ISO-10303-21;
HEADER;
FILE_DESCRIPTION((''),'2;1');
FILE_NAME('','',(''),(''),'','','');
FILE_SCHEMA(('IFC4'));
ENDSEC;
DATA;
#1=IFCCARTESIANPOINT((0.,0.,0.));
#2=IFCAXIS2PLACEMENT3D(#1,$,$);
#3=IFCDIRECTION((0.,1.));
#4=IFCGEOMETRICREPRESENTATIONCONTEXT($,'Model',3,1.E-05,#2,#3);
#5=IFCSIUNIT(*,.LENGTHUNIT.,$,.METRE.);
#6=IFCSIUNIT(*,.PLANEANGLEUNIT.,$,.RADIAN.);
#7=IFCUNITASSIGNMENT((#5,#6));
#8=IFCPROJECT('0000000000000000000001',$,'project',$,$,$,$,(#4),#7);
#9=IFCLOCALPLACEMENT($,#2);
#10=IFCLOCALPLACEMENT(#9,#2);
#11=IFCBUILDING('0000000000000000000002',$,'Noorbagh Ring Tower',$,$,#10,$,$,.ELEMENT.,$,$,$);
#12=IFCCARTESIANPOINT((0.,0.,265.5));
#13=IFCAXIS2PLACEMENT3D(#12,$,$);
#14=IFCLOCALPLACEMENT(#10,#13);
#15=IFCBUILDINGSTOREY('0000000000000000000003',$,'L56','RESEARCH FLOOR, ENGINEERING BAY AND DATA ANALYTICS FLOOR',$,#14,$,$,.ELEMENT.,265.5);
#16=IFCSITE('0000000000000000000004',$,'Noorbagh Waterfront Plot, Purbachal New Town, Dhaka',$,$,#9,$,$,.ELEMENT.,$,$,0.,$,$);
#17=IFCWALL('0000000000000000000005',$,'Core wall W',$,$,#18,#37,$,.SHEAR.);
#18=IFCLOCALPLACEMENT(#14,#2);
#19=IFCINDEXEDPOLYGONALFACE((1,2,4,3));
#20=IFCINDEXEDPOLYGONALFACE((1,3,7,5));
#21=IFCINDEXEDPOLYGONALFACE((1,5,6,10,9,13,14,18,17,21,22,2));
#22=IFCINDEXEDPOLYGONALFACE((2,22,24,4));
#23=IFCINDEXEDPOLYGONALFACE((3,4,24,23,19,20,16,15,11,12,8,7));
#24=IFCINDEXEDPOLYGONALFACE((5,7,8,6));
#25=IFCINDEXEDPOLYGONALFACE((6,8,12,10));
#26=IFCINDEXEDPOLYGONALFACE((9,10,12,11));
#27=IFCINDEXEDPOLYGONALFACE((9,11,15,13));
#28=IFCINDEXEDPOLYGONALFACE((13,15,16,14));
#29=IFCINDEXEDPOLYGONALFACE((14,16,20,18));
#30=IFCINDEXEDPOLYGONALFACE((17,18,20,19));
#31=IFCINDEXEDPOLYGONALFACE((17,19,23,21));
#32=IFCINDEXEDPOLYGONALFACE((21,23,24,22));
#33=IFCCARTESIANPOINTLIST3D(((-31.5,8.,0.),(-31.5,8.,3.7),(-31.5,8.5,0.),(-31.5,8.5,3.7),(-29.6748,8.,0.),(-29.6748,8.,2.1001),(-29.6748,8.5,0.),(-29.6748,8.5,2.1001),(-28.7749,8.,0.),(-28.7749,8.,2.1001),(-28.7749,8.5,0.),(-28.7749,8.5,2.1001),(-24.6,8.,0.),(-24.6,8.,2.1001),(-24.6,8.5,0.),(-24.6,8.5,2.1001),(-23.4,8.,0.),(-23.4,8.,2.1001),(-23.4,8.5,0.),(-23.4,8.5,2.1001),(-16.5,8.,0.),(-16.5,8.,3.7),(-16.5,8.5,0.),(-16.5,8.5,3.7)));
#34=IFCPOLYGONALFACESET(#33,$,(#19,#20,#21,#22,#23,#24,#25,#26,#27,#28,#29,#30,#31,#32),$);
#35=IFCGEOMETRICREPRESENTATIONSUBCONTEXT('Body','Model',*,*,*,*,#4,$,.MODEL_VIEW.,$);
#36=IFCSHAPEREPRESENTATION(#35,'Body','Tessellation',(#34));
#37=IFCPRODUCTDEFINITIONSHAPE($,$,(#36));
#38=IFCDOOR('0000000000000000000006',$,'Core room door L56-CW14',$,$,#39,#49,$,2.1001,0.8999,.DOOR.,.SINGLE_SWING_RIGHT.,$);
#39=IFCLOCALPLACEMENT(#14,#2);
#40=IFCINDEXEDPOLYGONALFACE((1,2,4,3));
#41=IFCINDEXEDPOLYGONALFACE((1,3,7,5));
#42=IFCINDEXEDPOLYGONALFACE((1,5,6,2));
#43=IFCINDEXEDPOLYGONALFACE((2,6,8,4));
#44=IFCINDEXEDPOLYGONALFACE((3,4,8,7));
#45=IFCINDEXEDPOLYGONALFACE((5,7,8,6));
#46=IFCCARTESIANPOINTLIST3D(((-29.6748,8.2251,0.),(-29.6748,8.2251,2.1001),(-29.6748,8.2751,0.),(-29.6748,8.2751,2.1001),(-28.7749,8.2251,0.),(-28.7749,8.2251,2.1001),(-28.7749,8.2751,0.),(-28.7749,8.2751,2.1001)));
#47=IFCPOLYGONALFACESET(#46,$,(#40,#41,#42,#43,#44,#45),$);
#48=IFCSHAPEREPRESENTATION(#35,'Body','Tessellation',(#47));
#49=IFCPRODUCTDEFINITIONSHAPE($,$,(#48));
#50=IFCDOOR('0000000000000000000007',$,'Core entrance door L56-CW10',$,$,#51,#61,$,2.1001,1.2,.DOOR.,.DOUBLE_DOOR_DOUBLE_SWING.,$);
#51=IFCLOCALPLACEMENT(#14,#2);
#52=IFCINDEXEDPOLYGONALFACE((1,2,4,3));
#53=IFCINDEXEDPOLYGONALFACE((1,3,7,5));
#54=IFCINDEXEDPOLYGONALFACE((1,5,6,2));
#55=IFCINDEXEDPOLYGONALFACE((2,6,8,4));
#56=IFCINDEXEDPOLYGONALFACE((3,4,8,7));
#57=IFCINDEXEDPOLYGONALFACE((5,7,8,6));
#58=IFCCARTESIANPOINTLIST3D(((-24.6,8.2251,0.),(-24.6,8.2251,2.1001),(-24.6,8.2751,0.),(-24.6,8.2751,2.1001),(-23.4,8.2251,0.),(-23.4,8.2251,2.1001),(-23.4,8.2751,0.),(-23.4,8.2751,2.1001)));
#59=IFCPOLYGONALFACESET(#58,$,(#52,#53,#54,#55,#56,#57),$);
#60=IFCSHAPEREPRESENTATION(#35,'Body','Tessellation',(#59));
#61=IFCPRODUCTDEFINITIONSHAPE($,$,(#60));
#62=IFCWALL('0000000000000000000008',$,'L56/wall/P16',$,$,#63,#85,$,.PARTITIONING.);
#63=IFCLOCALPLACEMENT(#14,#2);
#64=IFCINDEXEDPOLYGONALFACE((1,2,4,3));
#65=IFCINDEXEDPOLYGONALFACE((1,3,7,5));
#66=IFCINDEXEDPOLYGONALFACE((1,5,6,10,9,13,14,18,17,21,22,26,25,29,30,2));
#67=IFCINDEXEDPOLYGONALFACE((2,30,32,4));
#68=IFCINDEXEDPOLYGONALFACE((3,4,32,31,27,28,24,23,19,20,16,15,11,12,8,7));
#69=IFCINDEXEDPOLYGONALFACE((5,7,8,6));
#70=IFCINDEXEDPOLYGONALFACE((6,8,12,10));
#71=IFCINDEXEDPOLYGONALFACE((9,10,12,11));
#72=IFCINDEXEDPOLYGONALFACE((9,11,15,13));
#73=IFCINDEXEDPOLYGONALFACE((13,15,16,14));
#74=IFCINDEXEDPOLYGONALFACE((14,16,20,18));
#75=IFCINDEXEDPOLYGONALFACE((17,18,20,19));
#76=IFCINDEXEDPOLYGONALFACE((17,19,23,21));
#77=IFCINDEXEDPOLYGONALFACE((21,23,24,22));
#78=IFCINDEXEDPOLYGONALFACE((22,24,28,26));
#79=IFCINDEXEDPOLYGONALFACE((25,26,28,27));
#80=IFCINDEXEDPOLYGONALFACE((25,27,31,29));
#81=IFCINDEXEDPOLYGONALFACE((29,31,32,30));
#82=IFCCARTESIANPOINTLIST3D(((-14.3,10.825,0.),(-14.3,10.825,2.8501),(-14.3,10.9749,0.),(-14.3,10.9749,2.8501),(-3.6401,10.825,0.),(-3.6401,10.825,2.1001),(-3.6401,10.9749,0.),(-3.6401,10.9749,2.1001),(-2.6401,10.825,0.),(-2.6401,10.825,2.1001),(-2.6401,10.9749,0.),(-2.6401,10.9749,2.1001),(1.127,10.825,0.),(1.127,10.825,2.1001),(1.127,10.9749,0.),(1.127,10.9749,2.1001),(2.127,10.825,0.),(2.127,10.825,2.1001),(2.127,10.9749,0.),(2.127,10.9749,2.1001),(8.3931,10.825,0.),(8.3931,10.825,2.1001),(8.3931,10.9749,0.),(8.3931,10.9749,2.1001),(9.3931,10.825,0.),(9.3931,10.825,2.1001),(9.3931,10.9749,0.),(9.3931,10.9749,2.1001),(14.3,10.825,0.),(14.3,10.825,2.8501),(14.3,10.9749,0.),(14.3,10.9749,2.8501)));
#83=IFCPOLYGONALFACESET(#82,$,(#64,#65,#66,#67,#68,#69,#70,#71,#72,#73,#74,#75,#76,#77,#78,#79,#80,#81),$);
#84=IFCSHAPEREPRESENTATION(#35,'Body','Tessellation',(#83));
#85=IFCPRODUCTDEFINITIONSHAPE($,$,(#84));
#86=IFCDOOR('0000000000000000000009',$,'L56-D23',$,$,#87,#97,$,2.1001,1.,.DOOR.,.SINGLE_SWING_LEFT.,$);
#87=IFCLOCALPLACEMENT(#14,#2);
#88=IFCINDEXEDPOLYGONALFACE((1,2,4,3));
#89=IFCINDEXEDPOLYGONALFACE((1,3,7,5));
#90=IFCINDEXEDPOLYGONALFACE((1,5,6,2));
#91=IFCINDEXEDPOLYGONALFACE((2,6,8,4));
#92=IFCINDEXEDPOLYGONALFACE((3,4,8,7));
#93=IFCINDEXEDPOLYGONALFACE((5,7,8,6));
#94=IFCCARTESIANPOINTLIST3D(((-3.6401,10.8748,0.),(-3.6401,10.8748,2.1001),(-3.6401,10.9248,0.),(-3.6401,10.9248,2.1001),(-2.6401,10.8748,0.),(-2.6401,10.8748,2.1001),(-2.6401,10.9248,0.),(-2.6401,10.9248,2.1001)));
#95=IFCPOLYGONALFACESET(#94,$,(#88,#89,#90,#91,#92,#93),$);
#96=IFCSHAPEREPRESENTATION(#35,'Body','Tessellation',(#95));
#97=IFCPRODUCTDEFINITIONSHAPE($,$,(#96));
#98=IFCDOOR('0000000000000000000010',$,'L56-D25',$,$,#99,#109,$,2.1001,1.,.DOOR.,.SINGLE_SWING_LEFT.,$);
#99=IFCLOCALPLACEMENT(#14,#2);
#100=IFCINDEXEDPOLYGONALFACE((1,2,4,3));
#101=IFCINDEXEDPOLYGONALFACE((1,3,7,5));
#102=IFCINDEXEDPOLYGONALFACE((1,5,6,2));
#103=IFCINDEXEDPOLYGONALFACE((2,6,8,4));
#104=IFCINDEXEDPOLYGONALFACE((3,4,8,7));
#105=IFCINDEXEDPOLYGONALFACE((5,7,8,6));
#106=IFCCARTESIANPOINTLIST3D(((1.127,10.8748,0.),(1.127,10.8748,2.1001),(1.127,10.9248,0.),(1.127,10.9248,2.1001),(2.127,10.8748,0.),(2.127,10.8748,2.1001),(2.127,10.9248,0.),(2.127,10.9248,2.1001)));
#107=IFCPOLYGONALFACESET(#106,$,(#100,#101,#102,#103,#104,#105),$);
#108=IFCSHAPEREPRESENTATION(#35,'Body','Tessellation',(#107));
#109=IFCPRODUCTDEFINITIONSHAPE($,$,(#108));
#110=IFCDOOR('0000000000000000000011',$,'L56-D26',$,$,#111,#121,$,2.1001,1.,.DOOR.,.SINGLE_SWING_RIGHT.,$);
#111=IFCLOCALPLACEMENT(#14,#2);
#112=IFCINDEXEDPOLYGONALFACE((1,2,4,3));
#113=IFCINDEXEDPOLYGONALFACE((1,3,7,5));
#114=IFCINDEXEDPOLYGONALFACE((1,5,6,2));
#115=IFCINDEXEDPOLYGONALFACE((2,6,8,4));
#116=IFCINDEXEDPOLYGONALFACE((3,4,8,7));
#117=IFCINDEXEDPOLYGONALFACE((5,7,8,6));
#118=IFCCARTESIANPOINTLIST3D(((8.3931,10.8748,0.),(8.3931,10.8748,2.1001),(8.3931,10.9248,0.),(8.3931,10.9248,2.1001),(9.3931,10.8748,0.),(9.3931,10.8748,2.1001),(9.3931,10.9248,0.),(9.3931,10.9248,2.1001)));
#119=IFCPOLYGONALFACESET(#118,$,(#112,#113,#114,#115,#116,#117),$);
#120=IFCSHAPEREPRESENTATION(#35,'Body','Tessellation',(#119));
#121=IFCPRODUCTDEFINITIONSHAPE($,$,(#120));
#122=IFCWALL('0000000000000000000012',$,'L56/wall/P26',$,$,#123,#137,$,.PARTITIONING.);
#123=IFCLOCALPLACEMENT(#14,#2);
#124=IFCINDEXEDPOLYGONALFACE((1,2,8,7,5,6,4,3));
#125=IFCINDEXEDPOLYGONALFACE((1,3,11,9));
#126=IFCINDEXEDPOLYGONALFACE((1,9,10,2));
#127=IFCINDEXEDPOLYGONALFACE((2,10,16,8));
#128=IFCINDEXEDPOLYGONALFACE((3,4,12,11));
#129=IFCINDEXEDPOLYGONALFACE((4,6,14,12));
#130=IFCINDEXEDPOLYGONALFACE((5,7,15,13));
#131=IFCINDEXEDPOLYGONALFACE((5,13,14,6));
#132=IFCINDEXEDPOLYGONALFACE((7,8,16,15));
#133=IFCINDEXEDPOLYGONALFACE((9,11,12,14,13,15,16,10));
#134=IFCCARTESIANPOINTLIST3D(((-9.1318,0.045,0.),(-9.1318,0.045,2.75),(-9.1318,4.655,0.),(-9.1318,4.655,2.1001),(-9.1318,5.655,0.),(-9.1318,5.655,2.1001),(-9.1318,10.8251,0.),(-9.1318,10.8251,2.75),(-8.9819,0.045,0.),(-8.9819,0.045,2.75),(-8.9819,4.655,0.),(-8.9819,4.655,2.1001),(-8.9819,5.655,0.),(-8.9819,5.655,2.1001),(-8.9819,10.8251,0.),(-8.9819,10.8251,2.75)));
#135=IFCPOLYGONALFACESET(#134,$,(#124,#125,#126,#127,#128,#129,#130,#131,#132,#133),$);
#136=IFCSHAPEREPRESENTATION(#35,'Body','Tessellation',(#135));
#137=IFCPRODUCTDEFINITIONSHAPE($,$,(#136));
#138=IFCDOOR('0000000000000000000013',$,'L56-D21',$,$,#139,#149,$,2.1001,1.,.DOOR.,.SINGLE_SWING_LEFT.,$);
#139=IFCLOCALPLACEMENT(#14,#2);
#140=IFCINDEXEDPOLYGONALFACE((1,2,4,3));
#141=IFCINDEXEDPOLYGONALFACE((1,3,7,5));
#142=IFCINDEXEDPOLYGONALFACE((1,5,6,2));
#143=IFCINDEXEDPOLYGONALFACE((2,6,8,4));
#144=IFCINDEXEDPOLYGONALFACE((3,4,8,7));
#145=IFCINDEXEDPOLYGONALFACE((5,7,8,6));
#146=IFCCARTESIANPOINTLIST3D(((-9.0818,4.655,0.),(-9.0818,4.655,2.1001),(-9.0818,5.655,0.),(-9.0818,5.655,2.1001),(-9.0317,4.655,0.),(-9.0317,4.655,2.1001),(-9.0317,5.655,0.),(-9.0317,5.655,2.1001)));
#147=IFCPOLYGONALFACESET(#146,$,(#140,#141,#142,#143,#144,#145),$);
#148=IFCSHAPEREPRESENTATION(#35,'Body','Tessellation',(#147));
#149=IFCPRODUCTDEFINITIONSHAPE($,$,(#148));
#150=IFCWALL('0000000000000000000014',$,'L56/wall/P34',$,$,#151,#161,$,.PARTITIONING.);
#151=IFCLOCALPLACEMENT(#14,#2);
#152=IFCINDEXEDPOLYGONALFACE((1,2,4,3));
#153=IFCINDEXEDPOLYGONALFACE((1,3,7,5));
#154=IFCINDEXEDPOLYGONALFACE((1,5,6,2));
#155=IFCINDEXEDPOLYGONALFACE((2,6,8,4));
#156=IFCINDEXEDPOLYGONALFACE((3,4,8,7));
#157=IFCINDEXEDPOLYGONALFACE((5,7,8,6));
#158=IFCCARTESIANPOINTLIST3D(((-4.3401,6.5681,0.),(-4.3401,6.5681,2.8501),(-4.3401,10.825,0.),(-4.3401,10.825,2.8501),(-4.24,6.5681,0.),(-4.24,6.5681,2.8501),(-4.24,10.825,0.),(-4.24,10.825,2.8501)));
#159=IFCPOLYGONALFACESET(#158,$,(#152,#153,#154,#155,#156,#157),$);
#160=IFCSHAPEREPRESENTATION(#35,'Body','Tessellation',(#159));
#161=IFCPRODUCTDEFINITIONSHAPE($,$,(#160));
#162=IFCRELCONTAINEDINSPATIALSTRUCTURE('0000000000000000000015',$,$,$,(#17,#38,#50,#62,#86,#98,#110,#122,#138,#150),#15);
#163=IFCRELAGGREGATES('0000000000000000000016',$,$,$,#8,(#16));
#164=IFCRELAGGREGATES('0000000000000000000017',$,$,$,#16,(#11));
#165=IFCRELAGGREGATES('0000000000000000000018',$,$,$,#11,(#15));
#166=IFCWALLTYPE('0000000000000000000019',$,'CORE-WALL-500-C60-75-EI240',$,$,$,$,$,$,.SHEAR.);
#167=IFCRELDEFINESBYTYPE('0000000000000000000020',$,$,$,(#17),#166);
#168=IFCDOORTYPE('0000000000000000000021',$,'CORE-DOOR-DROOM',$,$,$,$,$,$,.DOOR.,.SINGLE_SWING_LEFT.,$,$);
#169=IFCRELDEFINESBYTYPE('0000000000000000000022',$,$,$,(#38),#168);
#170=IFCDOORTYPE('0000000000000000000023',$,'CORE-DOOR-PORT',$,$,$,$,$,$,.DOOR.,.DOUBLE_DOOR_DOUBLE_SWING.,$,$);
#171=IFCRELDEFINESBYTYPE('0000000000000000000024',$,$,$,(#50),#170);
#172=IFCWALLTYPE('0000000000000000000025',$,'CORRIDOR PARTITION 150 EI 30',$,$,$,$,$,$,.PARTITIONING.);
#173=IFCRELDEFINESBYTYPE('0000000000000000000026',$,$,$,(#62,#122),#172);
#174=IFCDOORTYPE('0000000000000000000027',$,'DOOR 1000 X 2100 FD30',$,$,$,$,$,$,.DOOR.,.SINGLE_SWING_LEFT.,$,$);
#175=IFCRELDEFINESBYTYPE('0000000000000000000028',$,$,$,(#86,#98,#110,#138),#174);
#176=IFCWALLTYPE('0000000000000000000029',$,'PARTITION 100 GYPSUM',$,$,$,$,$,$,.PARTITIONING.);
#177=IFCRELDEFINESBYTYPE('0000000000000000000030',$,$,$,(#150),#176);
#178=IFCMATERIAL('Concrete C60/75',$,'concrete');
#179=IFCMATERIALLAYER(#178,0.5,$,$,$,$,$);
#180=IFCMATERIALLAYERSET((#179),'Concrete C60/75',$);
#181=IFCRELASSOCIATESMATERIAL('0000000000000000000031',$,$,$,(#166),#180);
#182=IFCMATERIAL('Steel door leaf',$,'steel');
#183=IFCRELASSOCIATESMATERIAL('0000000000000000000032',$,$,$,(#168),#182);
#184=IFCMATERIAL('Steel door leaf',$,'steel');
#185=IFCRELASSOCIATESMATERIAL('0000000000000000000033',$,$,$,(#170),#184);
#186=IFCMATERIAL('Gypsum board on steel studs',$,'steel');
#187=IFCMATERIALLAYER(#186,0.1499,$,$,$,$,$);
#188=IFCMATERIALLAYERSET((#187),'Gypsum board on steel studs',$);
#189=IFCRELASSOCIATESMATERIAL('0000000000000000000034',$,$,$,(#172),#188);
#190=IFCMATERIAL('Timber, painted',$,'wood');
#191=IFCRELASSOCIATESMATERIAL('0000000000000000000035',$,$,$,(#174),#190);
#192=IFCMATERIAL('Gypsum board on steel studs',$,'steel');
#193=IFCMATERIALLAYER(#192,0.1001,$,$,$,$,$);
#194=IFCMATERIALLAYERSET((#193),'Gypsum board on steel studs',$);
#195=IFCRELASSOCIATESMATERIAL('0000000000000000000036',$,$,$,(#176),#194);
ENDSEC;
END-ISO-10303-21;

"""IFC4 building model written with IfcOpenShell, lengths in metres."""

from ifc_helpers import new_model, si_unit, direction, frame, frame_2d, origin, place, context, subcontext, project, spatial, rectangle, extrude, material, layer, layer_set, type_object, element, fill, save


model = new_model("IFC4")

# Units and contexts
model_context = context("Model", 3, precision=1e-05, world=origin(), true_north=direction((0.0, 1.0)))
body_context = subcontext(model_context, "Body", "Model", "MODEL_VIEW")
ifc_project = project(units=[si_unit("LENGTHUNIT", "METRE"), si_unit("PLANEANGLEUNIT", "RADIAN")], contexts=[model_context])

# Site, building, storey
site_placement = place(None, origin())
site = spatial("IfcSite", under=ifc_project, at=site_placement, Name="Noorbagh Waterfront Plot, Purbachal New Town, Dhaka", CompositionType="ELEMENT", RefElevation=0.0)
building_placement = place(site_placement, origin())
building = spatial("IfcBuilding", under=site, at=building_placement, Name="Noorbagh Ring Tower", CompositionType="ELEMENT")
storey_placement = place(building_placement, frame((0.0, 0.0, 265.5)))
storey = spatial("IfcBuildingStorey", under=building, at=storey_placement, Name="L56", Description="RESEARCH FLOOR, ENGINEERING BAY AND DATA ANALYTICS FLOOR", CompositionType="ELEMENT", Elevation=265.5)

# Walls, openings, doors
ifc_material_1 = material(Name="Concrete C60/75", Category="concrete")
ifc_layer_1 = layer(ifc_material_1, 0.5)
ifc_layer_set_1 = layer_set([ifc_layer_1], Name="Concrete C60/75")
wall_type_1 = type_object("IfcWallType", Name="CORE-WALL-500-C60-75-EI240", PredefinedType="SHEAR", material=ifc_layer_set_1)
wall_1_placement = place(storey_placement, frame((-16.5, 8.25, 0.0), z_axis=(0.0, 0.0, 1.0), x_axis=(-1.0, 0.0, 0.0)))
wall_1 = element("IfcWall", 1, at=wall_1_placement, inside=storey, type_object=wall_type_1, Name="Core wall W", PredefinedType="SHEAR", context=body_context, shape_type="SweptSolid", body=[
    extrude(rectangle(XDim=15.0, YDim=0.5, at=frame_2d((7.5, 0.0))), origin(), (0.0, 0.0, 1.0), 3.7),
])
opening_1_placement = place(wall_1_placement, frame((6.8999, 0.0, 0.0)))
opening_1 = element("IfcOpeningElement", 2, at=opening_1_placement, cuts=wall_1, PredefinedType="OPENING", context=body_context, shape_type="SweptSolid", body=[
    extrude(rectangle(XDim=1.2, YDim=2.1001, at=frame_2d((0.6001, 1.05))), frame((0.0, 0.26, 0.0), z_axis=(0.0, -1.0, 0.0), x_axis=(1.0, 0.0, 0.0)), (0.0, 0.0, 1.0), 0.52),
])
opening_2_placement = place(wall_1_placement, frame((12.2749, 0.0, 0.0)))
opening_2 = element("IfcOpeningElement", 3, at=opening_2_placement, cuts=wall_1, PredefinedType="OPENING", context=body_context, shape_type="SweptSolid", body=[
    extrude(rectangle(XDim=0.8999, YDim=2.1001, at=frame_2d((0.45, 1.05))), frame((0.0, 0.26, 0.0), z_axis=(0.0, -1.0, 0.0), x_axis=(1.0, 0.0, 0.0)), (0.0, 0.0, 1.0), 0.52),
])
ifc_material_2 = material(Name="Steel door leaf", Category="steel")
door_type_1 = type_object("IfcDoorType", Name="CORE-DOOR-DROOM", OperationType="SINGLE_SWING_LEFT", PredefinedType="DOOR", material=ifc_material_2)
door_1_placement = place(opening_2_placement, origin())
door_1 = element("IfcDoor", 4, at=door_1_placement, inside=storey, type_object=door_type_1, Name="Core room door L56-CW14", OperationType="SINGLE_SWING_RIGHT", OverallHeight=2.1001, OverallWidth=0.8999, PredefinedType="DOOR", context=body_context, shape_type="SweptSolid", body=[
    extrude(rectangle(XDim=0.8999, YDim=2.1001, at=frame_2d((0.45, 1.05))), frame((0.0, 0.0249, 0.0), z_axis=(0.0, -1.0, 0.0), x_axis=(1.0, 0.0, 0.0)), (0.0, 0.0, 1.0), 0.05),
])
fill(opening_2, door_1)
ifc_material_3 = material(Name="Steel door leaf", Category="steel")
door_type_2 = type_object("IfcDoorType", Name="CORE-DOOR-PORT", OperationType="DOUBLE_DOOR_DOUBLE_SWING", PredefinedType="DOOR", material=ifc_material_3)
door_2_placement = place(opening_1_placement, origin())
door_2 = element("IfcDoor", 5, at=door_2_placement, inside=storey, type_object=door_type_2, Name="Core entrance door L56-CW10", OperationType="DOUBLE_DOOR_DOUBLE_SWING", OverallHeight=2.1001, OverallWidth=1.2, PredefinedType="DOOR", context=body_context, shape_type="SweptSolid", body=[
    extrude(rectangle(XDim=1.2, YDim=2.1001, at=frame_2d((0.6001, 1.05))), frame((0.0, 0.0249, 0.0), z_axis=(0.0, -1.0, 0.0), x_axis=(1.0, 0.0, 0.0)), (0.0, 0.0, 1.0), 0.05),
])
fill(opening_1, door_2)
ifc_material_4 = material(Name="Gypsum board on steel studs", Category="steel")
ifc_layer_2 = layer(ifc_material_4, 0.1499)
ifc_layer_set_2 = layer_set([ifc_layer_2], Name="Gypsum board on steel studs")
wall_type_2 = type_object("IfcWallType", Name="CORRIDOR PARTITION 150 EI 30", PredefinedType="PARTITIONING", material=ifc_layer_set_2)
wall_2_placement = place(storey_placement, frame((-14.3, 10.8999, 0.0), z_axis=(0.0, 0.0, 1.0), x_axis=(1.0, 0.0, 0.0)))
wall_2 = element("IfcWall", 6, at=wall_2_placement, inside=storey, type_object=wall_type_2, Name="L56/wall/P16", PredefinedType="PARTITIONING", context=body_context, shape_type="SweptSolid", body=[
    extrude(rectangle(XDim=28.6001, YDim=0.1499, at=frame_2d((14.3, 0.0))), origin(), (0.0, 0.0, 1.0), 2.8501),
])
opening_3_placement = place(wall_2_placement, frame((10.6599, 0.0, 0.0)))
opening_3 = element("IfcOpeningElement", 7, at=opening_3_placement, cuts=wall_2, PredefinedType="OPENING", context=body_context, shape_type="SweptSolid", body=[
    extrude(rectangle(XDim=1.0, YDim=2.1001, at=frame_2d((0.5, 1.05))), frame((0.0, 0.085, 0.0), z_axis=(0.0, -1.0, 0.0), x_axis=(1.0, 0.0, 0.0)), (0.0, 0.0, 1.0), 0.1699),
])
opening_4_placement = place(wall_2_placement, frame((15.427, 0.0, 0.0)))
opening_4 = element("IfcOpeningElement", 8, at=opening_4_placement, cuts=wall_2, PredefinedType="OPENING", context=body_context, shape_type="SweptSolid", body=[
    extrude(rectangle(XDim=1.0, YDim=2.1001, at=frame_2d((0.5, 1.05))), frame((0.0, 0.085, 0.0), z_axis=(0.0, -1.0, 0.0), x_axis=(1.0, 0.0, 0.0)), (0.0, 0.0, 1.0), 0.1699),
])
opening_5_placement = place(wall_2_placement, frame((22.6931, 0.0, 0.0)))
opening_5 = element("IfcOpeningElement", 9, at=opening_5_placement, cuts=wall_2, PredefinedType="OPENING", context=body_context, shape_type="SweptSolid", body=[
    extrude(rectangle(XDim=1.0, YDim=2.1001, at=frame_2d((0.5, 1.05))), frame((0.0, 0.085, 0.0), z_axis=(0.0, -1.0, 0.0), x_axis=(1.0, 0.0, 0.0)), (0.0, 0.0, 1.0), 0.1699),
])
ifc_material_5 = material(Name="Timber, painted", Category="wood")
door_type_3 = type_object("IfcDoorType", Name="DOOR 1000 X 2100 FD30", OperationType="SINGLE_SWING_LEFT", PredefinedType="DOOR", material=ifc_material_5)
door_3_placement = place(opening_3_placement, origin())
door_3 = element("IfcDoor", 10, at=door_3_placement, inside=storey, type_object=door_type_3, Name="L56-D23", OperationType="SINGLE_SWING_LEFT", OverallHeight=2.1001, OverallWidth=1.0, PredefinedType="DOOR", context=body_context, shape_type="SweptSolid", body=[
    extrude(rectangle(XDim=1.0, YDim=2.1001, at=frame_2d((0.5, 1.05))), frame((0.0, 0.0249, 0.0), z_axis=(0.0, -1.0, 0.0), x_axis=(1.0, 0.0, 0.0)), (0.0, 0.0, 1.0), 0.05),
])
fill(opening_3, door_3)
door_4_placement = place(opening_4_placement, origin())
door_4 = element("IfcDoor", 11, at=door_4_placement, inside=storey, type_object=door_type_3, Name="L56-D25", OperationType="SINGLE_SWING_LEFT", OverallHeight=2.1001, OverallWidth=1.0, PredefinedType="DOOR", context=body_context, shape_type="SweptSolid", body=[
    extrude(rectangle(XDim=1.0, YDim=2.1001, at=frame_2d((0.5, 1.05))), frame((0.0, 0.0249, 0.0), z_axis=(0.0, -1.0, 0.0), x_axis=(1.0, 0.0, 0.0)), (0.0, 0.0, 1.0), 0.05),
])
fill(opening_4, door_4)
door_5_placement = place(opening_5_placement, origin())
door_5 = element("IfcDoor", 12, at=door_5_placement, inside=storey, type_object=door_type_3, Name="L56-D26", OperationType="SINGLE_SWING_RIGHT", OverallHeight=2.1001, OverallWidth=1.0, PredefinedType="DOOR", context=body_context, shape_type="SweptSolid", body=[
    extrude(rectangle(XDim=1.0, YDim=2.1001, at=frame_2d((0.5, 1.05))), frame((0.0, 0.0249, 0.0), z_axis=(0.0, -1.0, 0.0), x_axis=(1.0, 0.0, 0.0)), (0.0, 0.0, 1.0), 0.05),
])
fill(opening_5, door_5)

# Wall, opening, door
wall_3_placement = place(storey_placement, frame((-9.0569, 0.0449, 0.0), z_axis=(0.0, 0.0, 1.0), x_axis=(0.0, 1.0, 0.0)))
wall_3 = element("IfcWall", 13, at=wall_3_placement, inside=storey, type_object=wall_type_2, Name="L56/wall/P26", PredefinedType="PARTITIONING", context=body_context, shape_type="SweptSolid", body=[
    extrude(rectangle(XDim=10.78, YDim=0.1499, at=frame_2d((5.3901, 0.0))), origin(), (0.0, 0.0, 1.0), 2.75),
])
opening_6_placement = place(wall_3_placement, frame((4.6101, 0.0, 0.0)))
opening_6 = element("IfcOpeningElement", 14, at=opening_6_placement, cuts=wall_3, PredefinedType="OPENING", context=body_context, shape_type="SweptSolid", body=[
    extrude(rectangle(XDim=1.0, YDim=2.1001, at=frame_2d((0.5, 1.05))), frame((0.0, 0.085, 0.0), z_axis=(0.0, -1.0, 0.0), x_axis=(1.0, 0.0, 0.0)), (0.0, 0.0, 1.0), 0.1699),
])
door_6_placement = place(opening_6_placement, origin())
door_6 = element("IfcDoor", 15, at=door_6_placement, inside=storey, type_object=door_type_3, Name="L56-D21", OperationType="SINGLE_SWING_LEFT", OverallHeight=2.1001, OverallWidth=1.0, PredefinedType="DOOR", context=body_context, shape_type="SweptSolid", body=[
    extrude(rectangle(XDim=1.0, YDim=2.1001, at=frame_2d((0.5, 1.05))), frame((0.0, 0.0249, 0.0), z_axis=(0.0, -1.0, 0.0), x_axis=(1.0, 0.0, 0.0)), (0.0, 0.0, 1.0), 0.05),
])
fill(opening_6, door_6)

# Wall
ifc_material_6 = material(Name="Gypsum board on steel studs", Category="steel")
ifc_layer_3 = layer(ifc_material_6, 0.1001)
ifc_layer_set_3 = layer_set([ifc_layer_3], Name="Gypsum board on steel studs")
wall_type_3 = type_object("IfcWallType", Name="PARTITION 100 GYPSUM", PredefinedType="PARTITIONING", material=ifc_layer_set_3)
wall_4_placement = place(storey_placement, frame((-4.29, 6.5681, 0.0), z_axis=(0.0, 0.0, 1.0), x_axis=(0.0, 1.0, 0.0)))
element("IfcWall", 16, at=wall_4_placement, inside=storey, type_object=wall_type_3, Name="L56/wall/P34", PredefinedType="PARTITIONING", context=body_context, shape_type="SweptSolid", body=[
    extrude(rectangle(XDim=4.2568, YDim=0.1001, at=frame_2d((2.1284, 0.0))), origin(), (0.0, 0.0, 1.0), 2.8501),
])

save(model, "model.ifc")
